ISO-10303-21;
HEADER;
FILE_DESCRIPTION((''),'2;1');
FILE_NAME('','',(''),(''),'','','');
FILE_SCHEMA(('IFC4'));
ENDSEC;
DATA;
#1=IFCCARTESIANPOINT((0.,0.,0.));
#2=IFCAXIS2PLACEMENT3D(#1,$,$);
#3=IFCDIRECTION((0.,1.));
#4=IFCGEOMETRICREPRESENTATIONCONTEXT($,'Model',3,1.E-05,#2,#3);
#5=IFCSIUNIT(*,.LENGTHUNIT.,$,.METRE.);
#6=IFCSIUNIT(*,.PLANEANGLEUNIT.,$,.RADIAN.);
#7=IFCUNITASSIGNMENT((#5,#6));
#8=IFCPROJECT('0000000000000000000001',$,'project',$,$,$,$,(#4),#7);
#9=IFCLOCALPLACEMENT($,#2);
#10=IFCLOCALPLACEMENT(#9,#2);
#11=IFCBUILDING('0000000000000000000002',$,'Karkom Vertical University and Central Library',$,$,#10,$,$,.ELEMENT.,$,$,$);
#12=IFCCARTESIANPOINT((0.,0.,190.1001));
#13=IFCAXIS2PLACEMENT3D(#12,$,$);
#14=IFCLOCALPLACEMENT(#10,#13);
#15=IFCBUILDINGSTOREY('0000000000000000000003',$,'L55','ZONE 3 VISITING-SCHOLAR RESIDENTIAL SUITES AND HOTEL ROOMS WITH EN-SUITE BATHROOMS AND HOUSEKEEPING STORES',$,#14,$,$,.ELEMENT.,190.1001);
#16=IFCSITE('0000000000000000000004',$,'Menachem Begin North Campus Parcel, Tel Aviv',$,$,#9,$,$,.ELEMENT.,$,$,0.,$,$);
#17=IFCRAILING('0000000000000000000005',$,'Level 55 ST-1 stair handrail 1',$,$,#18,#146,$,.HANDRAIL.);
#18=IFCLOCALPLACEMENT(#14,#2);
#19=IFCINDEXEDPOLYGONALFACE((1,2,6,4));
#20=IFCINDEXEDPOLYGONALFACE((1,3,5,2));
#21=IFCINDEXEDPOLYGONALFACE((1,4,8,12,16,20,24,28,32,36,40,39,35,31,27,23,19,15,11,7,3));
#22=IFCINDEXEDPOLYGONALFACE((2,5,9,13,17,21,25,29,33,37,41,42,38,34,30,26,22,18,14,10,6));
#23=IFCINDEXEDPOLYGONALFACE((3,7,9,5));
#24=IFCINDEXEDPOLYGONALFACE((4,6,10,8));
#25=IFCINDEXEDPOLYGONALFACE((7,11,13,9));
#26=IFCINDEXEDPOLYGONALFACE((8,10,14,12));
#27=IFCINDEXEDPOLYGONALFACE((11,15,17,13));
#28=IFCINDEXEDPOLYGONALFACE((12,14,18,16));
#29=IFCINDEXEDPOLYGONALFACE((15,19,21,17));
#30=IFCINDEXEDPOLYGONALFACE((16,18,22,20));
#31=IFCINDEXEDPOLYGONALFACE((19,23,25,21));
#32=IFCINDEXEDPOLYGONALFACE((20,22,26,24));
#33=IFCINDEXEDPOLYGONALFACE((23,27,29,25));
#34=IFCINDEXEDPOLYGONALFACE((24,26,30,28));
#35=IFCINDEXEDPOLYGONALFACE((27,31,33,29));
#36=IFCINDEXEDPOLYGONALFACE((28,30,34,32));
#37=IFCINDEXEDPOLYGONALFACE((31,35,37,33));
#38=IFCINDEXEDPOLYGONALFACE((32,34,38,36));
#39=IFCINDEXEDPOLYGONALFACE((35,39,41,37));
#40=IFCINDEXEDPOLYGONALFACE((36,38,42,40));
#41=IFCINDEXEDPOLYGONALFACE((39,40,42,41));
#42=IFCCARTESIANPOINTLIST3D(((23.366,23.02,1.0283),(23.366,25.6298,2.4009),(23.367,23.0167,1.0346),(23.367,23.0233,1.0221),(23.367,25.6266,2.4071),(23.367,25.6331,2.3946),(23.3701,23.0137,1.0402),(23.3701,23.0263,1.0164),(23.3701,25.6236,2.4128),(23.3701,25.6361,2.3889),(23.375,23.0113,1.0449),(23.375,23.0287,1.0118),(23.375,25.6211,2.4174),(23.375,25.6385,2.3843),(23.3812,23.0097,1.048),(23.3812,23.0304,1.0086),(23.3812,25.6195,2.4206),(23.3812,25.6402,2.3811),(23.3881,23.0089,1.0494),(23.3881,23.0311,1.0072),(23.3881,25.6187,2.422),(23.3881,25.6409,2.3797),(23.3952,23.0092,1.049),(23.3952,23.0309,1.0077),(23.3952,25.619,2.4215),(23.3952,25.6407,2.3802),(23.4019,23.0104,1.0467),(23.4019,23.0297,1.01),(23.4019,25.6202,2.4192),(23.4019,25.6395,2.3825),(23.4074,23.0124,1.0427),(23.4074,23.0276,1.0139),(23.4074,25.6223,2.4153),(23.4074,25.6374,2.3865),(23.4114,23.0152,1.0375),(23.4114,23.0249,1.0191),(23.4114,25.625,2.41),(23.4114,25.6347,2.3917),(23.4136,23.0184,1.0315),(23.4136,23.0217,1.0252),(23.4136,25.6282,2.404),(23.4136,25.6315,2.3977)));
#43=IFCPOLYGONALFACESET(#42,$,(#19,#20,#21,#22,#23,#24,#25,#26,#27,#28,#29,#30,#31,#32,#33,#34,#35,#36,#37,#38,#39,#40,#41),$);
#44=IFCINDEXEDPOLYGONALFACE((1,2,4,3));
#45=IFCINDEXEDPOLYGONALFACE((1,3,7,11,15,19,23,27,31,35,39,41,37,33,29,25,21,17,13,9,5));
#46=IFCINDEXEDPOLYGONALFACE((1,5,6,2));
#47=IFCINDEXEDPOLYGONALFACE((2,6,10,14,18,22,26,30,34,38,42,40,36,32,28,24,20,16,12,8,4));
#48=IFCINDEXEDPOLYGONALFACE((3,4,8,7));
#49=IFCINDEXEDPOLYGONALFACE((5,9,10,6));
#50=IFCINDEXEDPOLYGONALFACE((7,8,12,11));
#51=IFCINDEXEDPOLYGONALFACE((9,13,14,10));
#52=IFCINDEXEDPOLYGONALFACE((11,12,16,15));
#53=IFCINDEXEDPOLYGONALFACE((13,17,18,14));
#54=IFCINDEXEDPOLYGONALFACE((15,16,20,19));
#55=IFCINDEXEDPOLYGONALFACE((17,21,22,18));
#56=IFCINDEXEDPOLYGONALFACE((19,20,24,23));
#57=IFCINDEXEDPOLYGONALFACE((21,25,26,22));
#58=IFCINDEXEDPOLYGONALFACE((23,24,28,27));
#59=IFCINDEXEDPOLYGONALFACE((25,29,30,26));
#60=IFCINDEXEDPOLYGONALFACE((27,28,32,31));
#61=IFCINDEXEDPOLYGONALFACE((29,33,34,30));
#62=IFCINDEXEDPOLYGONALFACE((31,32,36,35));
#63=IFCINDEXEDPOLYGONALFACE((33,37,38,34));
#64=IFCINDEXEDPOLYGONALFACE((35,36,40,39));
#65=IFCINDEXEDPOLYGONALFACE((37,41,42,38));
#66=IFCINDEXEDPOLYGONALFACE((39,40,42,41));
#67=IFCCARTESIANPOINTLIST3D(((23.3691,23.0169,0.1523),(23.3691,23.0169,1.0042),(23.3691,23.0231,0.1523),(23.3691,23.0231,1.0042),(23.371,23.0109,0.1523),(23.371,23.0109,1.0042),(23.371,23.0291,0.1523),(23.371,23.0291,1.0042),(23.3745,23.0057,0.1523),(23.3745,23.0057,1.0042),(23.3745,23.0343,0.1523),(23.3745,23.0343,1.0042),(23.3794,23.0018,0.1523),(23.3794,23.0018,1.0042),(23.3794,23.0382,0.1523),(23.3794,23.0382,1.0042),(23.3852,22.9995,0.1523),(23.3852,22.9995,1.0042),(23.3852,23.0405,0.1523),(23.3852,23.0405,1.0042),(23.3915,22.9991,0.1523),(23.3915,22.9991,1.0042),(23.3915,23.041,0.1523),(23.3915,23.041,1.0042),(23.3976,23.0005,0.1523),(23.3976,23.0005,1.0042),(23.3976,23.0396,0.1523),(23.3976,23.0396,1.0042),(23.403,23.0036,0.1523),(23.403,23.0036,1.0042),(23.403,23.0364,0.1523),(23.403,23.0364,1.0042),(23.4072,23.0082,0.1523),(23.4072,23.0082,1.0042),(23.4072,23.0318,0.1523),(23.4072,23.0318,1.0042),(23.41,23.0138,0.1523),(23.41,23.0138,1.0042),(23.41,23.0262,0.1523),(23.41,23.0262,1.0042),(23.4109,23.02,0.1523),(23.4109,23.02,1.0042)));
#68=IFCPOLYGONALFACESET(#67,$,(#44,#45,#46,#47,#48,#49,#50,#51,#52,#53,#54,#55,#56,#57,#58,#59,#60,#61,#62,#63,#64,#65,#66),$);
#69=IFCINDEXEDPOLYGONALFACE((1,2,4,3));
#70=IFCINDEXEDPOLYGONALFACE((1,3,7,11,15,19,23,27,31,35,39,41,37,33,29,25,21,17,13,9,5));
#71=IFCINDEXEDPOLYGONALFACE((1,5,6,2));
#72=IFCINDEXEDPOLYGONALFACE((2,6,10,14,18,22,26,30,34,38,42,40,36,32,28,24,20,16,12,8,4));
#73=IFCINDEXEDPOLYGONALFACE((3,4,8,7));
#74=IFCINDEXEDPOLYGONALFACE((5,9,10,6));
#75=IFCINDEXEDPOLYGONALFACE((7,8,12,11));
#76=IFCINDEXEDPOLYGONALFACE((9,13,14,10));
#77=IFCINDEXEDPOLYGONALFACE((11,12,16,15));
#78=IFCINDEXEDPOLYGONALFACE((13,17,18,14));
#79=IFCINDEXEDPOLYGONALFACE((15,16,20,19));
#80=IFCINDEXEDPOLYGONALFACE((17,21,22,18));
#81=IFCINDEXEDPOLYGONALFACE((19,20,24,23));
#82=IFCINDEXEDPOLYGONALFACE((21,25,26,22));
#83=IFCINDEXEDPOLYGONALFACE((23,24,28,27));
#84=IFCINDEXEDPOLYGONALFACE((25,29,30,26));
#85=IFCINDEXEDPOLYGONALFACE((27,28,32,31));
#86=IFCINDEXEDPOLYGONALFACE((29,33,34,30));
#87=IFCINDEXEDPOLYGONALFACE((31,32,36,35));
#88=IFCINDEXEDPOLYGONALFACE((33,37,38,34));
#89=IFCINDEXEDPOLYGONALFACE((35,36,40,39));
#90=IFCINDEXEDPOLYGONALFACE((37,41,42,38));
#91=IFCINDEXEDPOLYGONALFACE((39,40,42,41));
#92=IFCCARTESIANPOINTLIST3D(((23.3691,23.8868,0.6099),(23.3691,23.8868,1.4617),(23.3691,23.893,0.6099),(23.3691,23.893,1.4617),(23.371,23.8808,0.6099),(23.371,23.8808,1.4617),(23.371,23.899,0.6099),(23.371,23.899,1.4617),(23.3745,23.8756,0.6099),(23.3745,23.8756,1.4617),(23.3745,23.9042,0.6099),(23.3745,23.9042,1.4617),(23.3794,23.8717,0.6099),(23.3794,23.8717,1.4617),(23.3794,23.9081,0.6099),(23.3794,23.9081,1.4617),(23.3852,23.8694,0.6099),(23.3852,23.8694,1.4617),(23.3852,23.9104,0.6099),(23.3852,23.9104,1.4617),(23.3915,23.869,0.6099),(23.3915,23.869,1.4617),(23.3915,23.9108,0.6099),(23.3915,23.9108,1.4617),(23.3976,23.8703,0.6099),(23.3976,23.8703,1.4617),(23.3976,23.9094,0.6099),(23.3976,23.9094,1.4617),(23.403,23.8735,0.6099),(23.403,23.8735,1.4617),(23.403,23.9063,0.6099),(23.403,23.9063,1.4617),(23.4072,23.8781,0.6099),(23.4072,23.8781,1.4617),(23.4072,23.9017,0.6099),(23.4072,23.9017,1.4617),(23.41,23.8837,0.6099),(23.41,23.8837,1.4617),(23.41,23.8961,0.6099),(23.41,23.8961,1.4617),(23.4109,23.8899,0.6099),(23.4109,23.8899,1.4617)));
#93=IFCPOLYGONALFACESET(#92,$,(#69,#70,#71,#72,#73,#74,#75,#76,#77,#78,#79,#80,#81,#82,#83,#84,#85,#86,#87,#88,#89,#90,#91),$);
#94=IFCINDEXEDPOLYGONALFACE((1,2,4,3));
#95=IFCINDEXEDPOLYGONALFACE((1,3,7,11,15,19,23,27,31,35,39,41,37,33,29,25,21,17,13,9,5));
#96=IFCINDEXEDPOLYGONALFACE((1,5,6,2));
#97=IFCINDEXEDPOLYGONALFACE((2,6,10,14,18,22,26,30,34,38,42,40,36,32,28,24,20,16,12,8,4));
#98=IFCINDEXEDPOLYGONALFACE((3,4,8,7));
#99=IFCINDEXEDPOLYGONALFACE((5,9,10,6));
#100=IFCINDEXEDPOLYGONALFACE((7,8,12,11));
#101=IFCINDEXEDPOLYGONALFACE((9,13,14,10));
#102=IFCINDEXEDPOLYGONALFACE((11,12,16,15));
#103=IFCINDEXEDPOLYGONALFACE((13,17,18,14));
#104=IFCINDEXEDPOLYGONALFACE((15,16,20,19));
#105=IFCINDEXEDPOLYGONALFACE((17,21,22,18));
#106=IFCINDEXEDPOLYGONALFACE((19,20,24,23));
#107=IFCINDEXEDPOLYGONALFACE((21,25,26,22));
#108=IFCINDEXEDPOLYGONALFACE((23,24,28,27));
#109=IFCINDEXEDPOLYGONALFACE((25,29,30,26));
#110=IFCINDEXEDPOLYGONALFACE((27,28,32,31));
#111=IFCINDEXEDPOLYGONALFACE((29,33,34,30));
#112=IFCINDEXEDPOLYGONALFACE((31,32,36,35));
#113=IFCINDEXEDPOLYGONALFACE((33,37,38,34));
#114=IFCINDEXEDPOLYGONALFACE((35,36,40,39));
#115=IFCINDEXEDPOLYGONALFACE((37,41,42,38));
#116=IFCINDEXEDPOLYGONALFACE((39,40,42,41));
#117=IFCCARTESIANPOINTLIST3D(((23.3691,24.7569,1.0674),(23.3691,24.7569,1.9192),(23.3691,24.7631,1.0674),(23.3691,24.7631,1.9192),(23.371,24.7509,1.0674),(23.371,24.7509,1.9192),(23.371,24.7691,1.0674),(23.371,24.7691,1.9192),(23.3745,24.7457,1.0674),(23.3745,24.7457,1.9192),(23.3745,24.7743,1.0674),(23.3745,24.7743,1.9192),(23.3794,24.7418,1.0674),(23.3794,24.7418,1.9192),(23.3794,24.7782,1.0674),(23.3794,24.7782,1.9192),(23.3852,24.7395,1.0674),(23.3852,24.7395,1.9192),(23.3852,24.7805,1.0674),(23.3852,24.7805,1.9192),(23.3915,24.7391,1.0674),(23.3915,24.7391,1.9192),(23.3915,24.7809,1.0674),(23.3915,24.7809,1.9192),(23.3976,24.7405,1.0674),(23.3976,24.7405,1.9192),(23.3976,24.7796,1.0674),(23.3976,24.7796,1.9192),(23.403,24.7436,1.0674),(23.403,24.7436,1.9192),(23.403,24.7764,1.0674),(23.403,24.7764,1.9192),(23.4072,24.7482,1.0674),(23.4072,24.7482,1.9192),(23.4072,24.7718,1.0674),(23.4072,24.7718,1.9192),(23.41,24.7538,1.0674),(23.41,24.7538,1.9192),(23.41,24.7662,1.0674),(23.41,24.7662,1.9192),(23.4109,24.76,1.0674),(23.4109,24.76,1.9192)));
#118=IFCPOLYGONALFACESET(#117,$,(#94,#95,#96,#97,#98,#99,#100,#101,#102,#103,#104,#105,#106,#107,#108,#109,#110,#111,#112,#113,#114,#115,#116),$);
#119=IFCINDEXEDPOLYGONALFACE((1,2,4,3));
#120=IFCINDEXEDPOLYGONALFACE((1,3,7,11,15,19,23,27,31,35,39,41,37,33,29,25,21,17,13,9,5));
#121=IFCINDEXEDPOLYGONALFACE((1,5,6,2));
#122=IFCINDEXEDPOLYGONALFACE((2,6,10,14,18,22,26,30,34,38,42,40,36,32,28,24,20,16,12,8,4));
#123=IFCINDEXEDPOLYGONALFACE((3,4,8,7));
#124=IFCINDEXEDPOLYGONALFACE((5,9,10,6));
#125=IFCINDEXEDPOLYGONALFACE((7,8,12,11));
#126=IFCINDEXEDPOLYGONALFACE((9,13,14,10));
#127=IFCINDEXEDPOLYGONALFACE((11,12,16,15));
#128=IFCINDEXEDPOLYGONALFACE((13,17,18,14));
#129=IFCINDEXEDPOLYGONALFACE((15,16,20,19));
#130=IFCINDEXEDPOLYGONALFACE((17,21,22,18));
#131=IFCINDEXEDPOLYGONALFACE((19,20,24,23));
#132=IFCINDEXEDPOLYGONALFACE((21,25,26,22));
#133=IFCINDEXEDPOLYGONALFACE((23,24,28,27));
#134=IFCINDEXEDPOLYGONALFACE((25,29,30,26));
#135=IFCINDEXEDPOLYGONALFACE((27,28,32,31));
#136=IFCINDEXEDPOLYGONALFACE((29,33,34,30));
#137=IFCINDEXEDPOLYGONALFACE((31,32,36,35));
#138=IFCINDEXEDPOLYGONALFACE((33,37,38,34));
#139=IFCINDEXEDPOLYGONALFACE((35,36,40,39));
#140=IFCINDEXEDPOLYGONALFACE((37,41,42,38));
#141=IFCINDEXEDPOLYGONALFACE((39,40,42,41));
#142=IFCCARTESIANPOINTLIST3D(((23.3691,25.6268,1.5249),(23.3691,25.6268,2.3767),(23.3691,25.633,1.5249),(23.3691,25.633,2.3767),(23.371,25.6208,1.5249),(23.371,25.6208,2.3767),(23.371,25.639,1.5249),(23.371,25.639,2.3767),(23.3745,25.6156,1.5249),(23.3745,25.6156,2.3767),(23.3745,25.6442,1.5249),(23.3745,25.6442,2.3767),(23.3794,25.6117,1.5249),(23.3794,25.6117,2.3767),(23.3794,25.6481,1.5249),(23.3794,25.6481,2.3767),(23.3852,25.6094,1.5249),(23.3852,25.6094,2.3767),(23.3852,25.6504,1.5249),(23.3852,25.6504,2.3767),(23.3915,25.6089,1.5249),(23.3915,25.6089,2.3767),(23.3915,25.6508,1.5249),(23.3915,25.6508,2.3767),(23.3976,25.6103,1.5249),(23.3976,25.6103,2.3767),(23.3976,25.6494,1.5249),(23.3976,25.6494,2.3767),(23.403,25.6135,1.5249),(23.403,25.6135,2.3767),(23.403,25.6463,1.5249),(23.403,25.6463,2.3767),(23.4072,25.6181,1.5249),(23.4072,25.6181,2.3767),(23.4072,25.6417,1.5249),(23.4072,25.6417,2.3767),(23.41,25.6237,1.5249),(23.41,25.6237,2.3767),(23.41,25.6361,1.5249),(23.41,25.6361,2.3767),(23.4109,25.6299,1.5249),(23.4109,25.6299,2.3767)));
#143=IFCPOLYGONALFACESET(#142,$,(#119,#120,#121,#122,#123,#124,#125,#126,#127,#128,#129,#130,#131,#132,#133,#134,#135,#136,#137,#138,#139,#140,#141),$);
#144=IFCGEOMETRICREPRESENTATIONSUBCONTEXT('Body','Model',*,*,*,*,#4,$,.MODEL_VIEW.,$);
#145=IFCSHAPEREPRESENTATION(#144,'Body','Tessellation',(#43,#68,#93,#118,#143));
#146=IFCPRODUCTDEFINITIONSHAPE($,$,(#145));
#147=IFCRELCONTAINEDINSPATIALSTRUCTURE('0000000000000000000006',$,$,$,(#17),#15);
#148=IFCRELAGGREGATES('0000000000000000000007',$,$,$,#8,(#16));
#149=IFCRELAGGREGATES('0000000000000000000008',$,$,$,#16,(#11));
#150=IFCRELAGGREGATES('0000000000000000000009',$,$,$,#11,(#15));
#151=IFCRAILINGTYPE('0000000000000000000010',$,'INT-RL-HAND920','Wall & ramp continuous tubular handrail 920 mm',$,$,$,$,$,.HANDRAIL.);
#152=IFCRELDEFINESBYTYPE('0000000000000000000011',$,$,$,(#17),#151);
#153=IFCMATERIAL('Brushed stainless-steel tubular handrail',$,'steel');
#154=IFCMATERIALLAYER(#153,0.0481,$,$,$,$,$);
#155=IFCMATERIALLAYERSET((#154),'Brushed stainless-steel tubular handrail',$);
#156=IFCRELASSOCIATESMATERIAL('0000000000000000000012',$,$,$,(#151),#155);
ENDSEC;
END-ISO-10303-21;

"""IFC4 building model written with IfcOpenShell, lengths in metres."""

from ifc_helpers import new_model, si_unit, direction, frame, origin, origin_2d, place, context, subcontext, project, spatial, circle, extrude, material, layer, layer_set, type_object, element, save


model = new_model("IFC4")

# Units and contexts
model_context = context("Model", 3, precision=1e-05, world=origin(), true_north=direction((0.0, 1.0)))
body_context = subcontext(model_context, "Body", "Model", "MODEL_VIEW")
ifc_project = project(units=[si_unit("LENGTHUNIT", "METRE"), si_unit("PLANEANGLEUNIT", "RADIAN")], contexts=[model_context])

# Site, building, storey
site_placement = place(None, origin())
site = spatial("IfcSite", under=ifc_project, at=site_placement, Name="Menachem Begin North Campus Parcel, Tel Aviv", CompositionType="ELEMENT", RefElevation=0.0)
building_placement = place(site_placement, origin())
building = spatial("IfcBuilding", under=site, at=building_placement, Name="Karkom Vertical University and Central Library", CompositionType="ELEMENT")
storey_placement = place(building_placement, frame((0.0, 0.0, 190.1001)))
storey = spatial("IfcBuildingStorey", under=building, at=storey_placement, Name="L55", Description="ZONE 3 VISITING-SCHOLAR RESIDENTIAL SUITES AND HOTEL ROOMS WITH EN-SUITE BATHROOMS AND HOUSEKEEPING STORES", CompositionType="ELEMENT", Elevation=190.1001)

# Railing
ifc_material_1 = material(Name="Brushed stainless-steel tubular handrail", Category="steel")
ifc_layer_1 = layer(ifc_material_1, 0.0481)
ifc_layer_set_1 = layer_set([ifc_layer_1], Name="Brushed stainless-steel tubular handrail")
railing_type_1 = type_object("IfcRailingType", Name="INT-RL-HAND920", Description="Wall & ramp continuous tubular handrail 920 mm", PredefinedType="HANDRAIL", material=ifc_layer_set_1)
railing_1_placement = place(storey_placement, frame((23.3899, 23.02, 0.1523)))
element("IfcRailing", 1, at=railing_1_placement, inside=storey, type_object=railing_type_1, Name="Level 55 ST-1 stair handrail 1", PredefinedType="HANDRAIL", context=body_context, shape_type="SweptSolid", body=[
    extrude(circle(Radius=0.0239, at=origin_2d()), frame((0.0, 0.0, 0.876), z_axis=(0.0, 0.885065, 0.465467), x_axis=(-1.0, 0.0, 0.0)), (0.0, 0.0, 1.0), 2.9487),
    extrude(circle(Radius=0.021, at=origin_2d()), origin(), (0.0, 0.0, 1.0), 0.8518),
    extrude(circle(Radius=0.021, at=origin_2d()), frame((0.0, 0.8699, 0.4575)), (0.0, 0.0, 1.0), 0.8518),
    extrude(circle(Radius=0.021, at=origin_2d()), frame((0.0, 1.74, 0.915)), (0.0, 0.0, 1.0), 0.8518),
    extrude(circle(Radius=0.021, at=origin_2d()), frame((0.0, 2.6099, 1.3726)), (0.0, 0.0, 1.0), 0.8518),
])

save(model, "model.ifc")
